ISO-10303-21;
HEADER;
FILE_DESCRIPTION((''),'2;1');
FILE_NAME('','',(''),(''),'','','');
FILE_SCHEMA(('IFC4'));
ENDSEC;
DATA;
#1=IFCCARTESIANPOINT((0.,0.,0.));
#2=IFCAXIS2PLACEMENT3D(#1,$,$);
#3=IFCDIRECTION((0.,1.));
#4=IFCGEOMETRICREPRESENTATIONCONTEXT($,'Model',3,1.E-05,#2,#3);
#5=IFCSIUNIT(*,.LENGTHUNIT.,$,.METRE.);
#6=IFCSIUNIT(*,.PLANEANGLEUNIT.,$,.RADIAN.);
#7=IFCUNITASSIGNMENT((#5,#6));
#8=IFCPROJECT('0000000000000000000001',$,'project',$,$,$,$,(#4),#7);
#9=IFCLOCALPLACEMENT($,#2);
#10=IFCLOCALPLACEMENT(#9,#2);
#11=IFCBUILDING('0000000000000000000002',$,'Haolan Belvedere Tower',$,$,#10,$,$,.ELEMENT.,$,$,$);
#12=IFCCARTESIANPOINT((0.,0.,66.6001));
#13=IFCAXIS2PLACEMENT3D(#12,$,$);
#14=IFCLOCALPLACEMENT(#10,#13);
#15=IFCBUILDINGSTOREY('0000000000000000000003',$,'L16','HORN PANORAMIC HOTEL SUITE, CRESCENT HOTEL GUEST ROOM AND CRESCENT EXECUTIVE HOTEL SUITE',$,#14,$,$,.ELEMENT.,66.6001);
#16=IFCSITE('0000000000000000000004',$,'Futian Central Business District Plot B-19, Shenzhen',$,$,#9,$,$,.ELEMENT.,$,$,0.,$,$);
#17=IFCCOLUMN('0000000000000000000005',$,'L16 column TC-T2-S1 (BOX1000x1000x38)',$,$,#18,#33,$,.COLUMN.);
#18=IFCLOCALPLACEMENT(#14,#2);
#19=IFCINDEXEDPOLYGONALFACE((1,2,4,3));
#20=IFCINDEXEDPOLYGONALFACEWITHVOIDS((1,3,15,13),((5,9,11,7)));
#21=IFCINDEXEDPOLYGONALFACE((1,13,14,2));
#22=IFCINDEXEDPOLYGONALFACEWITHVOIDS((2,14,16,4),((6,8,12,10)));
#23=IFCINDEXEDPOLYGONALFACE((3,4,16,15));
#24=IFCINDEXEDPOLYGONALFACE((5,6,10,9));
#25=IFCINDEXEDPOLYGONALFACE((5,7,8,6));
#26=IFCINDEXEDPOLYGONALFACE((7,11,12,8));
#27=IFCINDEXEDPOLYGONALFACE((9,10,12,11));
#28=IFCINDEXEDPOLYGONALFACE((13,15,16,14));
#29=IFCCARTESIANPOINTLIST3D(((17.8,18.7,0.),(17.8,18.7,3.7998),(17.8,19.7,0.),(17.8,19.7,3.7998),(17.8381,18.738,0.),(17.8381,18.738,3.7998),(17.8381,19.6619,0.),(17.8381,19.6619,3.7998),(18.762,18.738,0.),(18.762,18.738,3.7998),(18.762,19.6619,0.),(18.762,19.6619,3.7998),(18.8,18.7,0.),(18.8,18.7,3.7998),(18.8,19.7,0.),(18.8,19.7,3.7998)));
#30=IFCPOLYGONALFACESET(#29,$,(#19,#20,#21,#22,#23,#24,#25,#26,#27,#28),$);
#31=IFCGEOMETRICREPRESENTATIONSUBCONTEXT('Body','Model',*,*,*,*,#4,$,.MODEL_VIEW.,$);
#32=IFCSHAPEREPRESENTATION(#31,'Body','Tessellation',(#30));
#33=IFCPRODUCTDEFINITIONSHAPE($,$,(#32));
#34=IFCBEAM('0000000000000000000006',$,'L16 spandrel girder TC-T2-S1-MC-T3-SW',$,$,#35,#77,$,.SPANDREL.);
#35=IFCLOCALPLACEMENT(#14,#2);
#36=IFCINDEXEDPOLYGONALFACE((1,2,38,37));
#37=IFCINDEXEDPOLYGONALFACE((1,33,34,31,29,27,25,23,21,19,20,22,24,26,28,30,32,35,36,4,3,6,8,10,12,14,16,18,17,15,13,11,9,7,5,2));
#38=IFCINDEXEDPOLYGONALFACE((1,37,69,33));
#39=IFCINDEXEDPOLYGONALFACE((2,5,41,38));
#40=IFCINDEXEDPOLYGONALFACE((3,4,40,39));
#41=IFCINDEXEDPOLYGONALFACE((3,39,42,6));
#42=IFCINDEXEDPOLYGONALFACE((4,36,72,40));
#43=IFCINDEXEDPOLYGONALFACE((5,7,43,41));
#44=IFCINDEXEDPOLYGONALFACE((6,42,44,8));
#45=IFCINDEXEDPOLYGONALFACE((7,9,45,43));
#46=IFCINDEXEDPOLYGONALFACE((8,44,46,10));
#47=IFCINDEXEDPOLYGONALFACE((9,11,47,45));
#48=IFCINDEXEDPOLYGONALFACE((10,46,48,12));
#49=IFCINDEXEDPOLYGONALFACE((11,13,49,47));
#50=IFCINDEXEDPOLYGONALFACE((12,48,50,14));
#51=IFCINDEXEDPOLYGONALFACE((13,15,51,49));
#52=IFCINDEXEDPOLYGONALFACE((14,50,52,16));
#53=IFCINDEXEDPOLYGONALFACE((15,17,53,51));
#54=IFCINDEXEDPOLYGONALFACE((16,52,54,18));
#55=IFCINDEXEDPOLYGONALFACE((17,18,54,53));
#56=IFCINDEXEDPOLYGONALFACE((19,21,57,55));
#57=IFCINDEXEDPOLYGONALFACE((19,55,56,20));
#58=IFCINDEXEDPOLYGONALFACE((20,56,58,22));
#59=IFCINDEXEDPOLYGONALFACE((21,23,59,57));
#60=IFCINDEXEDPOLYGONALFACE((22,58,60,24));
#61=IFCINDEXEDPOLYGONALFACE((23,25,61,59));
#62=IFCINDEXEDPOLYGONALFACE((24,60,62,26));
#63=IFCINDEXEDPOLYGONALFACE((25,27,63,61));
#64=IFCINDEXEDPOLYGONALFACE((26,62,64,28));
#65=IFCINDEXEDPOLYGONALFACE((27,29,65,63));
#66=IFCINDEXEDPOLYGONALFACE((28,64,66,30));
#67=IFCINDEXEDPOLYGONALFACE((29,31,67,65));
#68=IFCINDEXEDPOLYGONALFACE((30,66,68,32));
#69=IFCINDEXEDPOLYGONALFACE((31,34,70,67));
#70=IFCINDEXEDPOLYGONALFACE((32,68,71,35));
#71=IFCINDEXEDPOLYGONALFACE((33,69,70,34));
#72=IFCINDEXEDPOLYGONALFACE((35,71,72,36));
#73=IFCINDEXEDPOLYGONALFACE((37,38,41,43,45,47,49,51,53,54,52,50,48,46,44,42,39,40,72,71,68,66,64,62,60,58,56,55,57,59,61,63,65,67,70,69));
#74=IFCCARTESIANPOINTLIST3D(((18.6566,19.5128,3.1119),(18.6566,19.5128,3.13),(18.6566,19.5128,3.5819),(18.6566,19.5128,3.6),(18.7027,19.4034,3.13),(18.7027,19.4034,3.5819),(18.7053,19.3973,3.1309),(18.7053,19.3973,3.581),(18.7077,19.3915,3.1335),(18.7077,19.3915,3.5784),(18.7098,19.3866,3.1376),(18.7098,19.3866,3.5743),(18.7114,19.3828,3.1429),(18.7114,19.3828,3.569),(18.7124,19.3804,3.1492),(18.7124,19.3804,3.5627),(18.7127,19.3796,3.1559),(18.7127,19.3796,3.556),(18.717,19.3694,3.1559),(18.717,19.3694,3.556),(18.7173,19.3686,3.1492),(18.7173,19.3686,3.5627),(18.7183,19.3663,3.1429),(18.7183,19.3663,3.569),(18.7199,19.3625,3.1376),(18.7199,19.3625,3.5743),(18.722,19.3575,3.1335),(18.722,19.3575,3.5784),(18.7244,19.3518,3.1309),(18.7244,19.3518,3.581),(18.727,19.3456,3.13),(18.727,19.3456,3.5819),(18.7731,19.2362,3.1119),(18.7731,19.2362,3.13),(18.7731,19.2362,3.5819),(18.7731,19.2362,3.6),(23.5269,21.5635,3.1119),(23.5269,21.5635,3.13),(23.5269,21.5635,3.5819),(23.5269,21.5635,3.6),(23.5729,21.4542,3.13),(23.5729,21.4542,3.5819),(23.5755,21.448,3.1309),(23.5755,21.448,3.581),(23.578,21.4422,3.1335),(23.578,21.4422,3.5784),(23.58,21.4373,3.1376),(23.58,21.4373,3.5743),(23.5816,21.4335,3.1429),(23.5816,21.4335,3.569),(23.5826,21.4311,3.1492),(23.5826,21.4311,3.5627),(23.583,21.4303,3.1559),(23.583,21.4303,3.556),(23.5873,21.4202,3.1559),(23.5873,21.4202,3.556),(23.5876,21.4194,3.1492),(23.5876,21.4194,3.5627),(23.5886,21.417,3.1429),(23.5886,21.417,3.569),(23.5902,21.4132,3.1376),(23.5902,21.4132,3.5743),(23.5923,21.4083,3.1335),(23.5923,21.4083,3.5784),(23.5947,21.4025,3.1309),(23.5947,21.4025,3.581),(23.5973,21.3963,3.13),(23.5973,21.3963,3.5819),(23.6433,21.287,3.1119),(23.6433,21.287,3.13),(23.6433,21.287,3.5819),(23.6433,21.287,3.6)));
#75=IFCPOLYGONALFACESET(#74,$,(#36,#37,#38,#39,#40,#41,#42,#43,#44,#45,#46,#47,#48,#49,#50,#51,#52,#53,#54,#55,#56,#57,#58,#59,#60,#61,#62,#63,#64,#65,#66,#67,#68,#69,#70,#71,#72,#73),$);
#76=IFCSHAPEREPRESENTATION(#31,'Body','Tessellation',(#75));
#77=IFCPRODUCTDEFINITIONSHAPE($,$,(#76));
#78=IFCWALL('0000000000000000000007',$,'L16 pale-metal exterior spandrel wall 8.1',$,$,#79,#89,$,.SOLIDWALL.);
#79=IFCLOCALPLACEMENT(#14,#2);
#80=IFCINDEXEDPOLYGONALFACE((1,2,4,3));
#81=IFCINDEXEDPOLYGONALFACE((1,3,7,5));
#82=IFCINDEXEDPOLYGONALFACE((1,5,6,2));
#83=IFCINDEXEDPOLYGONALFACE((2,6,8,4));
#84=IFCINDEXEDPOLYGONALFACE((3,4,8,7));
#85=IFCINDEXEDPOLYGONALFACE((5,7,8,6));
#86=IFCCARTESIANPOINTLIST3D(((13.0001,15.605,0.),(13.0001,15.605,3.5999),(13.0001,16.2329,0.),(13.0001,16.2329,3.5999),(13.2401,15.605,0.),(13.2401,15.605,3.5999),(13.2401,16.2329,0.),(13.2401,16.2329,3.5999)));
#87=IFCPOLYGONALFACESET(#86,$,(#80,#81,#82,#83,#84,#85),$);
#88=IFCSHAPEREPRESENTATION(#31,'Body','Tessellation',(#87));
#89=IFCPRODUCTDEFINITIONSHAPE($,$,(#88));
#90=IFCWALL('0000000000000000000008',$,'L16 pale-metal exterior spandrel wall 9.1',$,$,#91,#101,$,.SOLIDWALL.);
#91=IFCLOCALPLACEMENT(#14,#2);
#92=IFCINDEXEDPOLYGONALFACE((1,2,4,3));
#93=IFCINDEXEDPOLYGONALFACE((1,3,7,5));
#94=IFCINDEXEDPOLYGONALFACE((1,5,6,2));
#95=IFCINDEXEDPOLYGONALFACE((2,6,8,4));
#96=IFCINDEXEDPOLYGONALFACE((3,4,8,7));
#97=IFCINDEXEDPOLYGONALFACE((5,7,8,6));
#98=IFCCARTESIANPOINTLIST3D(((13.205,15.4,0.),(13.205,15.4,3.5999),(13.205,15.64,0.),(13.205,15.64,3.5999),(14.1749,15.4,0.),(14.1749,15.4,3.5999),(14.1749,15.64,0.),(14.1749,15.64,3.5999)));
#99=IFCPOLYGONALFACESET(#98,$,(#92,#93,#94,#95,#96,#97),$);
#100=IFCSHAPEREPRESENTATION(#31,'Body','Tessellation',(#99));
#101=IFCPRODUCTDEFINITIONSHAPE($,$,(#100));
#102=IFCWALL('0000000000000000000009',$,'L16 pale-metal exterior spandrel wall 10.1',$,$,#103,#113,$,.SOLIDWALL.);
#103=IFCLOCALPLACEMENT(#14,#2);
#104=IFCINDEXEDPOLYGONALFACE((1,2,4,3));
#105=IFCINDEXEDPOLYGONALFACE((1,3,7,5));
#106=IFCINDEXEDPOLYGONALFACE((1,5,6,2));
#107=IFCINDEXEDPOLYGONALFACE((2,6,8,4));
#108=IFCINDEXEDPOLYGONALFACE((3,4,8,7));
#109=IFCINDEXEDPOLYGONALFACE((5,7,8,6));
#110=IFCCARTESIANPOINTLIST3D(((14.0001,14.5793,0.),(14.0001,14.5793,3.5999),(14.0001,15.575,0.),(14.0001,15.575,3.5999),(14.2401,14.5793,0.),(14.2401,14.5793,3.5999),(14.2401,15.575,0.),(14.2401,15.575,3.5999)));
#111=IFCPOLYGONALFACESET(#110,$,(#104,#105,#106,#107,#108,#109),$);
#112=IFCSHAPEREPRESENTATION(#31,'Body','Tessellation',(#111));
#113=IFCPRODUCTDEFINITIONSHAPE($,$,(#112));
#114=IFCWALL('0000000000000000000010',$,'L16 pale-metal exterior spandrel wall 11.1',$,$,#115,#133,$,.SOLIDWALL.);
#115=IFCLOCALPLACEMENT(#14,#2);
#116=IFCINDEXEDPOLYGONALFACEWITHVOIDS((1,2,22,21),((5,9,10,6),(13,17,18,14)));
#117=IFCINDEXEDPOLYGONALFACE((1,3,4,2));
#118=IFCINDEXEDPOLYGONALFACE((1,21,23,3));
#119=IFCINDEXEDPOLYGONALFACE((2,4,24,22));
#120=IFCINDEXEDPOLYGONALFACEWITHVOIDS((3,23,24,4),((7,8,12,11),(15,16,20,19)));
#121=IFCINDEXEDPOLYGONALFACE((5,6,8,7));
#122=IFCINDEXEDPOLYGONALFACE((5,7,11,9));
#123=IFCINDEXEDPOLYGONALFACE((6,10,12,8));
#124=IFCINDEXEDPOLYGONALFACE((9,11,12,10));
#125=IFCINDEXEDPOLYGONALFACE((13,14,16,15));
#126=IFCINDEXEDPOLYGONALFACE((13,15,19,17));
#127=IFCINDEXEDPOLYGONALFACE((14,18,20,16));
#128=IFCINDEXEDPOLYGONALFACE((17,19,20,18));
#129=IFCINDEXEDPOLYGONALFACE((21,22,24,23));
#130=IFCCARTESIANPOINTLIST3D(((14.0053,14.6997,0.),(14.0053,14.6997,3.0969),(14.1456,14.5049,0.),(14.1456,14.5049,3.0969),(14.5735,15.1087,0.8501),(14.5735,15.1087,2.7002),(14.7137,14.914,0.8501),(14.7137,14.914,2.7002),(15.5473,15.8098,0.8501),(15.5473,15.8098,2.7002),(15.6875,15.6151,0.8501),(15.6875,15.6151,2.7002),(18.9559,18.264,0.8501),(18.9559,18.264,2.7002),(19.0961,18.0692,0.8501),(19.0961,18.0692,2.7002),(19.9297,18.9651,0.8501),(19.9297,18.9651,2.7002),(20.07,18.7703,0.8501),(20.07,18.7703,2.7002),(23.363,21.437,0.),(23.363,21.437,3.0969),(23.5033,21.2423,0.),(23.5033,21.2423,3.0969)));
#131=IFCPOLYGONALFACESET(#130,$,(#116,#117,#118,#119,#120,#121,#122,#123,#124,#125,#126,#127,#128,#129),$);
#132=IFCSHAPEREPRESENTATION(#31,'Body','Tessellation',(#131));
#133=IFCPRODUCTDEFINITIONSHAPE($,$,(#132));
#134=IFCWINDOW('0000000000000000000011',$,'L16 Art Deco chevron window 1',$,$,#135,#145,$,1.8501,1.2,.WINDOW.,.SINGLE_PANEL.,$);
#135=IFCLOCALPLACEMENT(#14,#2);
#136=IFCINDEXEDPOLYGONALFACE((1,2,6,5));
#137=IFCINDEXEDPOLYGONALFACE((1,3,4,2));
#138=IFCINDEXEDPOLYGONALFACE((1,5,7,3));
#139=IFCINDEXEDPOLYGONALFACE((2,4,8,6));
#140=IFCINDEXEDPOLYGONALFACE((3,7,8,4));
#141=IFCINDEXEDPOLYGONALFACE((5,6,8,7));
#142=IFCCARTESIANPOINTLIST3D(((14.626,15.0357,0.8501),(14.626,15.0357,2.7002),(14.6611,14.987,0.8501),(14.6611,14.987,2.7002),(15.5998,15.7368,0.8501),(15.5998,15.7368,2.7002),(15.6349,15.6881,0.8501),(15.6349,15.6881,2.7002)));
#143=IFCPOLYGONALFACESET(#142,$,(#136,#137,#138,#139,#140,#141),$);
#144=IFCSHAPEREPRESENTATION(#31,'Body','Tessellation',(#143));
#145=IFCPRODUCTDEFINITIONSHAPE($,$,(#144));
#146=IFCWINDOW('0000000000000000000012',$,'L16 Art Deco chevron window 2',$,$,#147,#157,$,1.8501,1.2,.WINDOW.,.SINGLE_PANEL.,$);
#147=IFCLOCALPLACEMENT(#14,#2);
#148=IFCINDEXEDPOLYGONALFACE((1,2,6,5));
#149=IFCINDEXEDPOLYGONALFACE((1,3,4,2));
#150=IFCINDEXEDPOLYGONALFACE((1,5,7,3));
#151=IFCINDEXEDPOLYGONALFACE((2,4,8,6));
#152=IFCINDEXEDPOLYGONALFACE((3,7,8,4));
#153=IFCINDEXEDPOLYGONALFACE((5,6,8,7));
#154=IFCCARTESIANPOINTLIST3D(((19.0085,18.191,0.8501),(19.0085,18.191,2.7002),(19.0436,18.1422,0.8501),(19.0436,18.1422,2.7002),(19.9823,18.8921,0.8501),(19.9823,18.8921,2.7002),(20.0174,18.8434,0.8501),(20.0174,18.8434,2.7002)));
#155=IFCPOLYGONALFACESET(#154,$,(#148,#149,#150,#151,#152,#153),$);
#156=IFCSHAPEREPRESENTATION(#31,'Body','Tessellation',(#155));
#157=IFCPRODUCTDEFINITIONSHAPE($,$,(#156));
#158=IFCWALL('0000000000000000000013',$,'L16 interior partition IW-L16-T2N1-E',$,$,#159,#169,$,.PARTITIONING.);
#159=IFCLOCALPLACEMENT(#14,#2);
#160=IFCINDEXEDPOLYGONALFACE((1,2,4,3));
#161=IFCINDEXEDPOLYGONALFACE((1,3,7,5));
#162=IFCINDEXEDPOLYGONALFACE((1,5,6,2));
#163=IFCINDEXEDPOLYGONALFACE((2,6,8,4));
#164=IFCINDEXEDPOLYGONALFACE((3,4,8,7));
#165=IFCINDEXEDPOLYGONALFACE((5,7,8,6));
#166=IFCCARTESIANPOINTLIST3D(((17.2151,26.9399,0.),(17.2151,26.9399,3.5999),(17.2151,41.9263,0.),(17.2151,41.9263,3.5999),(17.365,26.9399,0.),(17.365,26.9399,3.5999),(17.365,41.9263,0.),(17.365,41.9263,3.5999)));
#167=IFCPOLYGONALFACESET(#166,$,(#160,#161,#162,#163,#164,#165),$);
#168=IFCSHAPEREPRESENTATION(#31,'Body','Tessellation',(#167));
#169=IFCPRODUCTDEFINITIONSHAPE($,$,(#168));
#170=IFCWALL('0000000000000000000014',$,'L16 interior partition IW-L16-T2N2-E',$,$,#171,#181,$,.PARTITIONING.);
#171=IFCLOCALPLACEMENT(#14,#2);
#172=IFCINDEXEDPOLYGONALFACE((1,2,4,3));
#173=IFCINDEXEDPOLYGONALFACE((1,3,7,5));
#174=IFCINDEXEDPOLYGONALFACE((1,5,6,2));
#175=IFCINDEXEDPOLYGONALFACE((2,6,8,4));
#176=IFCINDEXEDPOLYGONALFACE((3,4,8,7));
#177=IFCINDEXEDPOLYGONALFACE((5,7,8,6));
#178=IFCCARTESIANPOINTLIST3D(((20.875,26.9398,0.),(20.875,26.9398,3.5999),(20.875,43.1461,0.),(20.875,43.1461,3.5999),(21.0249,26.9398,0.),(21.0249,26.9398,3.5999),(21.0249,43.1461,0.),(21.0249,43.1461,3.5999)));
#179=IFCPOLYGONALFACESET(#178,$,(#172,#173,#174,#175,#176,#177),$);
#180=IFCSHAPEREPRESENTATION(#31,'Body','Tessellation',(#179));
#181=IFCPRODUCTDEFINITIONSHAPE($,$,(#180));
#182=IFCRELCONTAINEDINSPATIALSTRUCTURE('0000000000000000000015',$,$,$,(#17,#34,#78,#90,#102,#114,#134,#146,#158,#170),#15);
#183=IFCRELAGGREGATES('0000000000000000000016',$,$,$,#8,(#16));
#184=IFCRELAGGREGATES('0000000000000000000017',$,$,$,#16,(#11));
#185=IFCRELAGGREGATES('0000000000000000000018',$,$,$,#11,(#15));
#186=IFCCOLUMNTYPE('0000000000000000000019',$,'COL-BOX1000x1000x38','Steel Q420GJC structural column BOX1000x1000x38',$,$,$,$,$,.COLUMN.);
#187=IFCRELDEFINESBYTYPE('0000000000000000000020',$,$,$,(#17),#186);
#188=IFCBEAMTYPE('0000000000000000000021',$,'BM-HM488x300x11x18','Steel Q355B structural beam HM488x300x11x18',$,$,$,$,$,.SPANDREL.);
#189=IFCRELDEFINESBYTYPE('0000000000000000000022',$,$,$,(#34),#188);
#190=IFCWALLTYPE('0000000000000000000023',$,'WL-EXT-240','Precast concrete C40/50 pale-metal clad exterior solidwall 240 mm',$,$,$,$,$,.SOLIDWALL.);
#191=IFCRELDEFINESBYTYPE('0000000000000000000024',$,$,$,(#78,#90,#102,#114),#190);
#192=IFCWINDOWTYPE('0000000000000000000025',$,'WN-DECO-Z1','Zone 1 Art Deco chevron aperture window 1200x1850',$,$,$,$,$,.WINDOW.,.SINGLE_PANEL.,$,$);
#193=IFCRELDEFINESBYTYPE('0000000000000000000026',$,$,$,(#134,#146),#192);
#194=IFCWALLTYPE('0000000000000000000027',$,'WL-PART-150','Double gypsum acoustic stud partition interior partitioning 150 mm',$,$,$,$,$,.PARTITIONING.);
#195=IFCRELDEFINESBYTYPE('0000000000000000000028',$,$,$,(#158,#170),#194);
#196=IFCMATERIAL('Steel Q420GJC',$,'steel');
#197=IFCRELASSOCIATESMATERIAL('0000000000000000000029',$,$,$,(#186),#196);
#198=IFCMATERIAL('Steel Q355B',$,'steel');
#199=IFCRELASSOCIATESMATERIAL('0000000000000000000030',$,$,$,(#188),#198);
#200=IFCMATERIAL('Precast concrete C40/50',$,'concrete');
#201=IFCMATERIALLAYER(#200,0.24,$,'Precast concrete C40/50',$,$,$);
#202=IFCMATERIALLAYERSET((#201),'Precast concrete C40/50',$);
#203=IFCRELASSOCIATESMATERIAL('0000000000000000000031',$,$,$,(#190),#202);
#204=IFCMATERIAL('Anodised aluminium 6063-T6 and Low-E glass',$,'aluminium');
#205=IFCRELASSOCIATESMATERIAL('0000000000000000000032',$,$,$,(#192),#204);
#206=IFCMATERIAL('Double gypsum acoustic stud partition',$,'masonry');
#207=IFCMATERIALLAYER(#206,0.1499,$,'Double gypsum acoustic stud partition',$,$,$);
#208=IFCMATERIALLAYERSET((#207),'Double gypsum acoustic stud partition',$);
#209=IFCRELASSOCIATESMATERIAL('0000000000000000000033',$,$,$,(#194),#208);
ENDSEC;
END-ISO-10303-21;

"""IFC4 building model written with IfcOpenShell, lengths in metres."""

from ifc_helpers import new_model, si_unit, direction, frame, frame_2d, origin, origin_2d, place, context, subcontext, project, spatial, rectangle, hollow_rectangle, i_section, extrude, material, layer, layer_set, material_profile, profile_set, type_object, element, fill, save


model = new_model("IFC4")

# Units and contexts
model_context = context("Model", 3, precision=1e-05, world=origin(), true_north=direction((0.0, 1.0)))
body_context = subcontext(model_context, "Body", "Model", "MODEL_VIEW")
ifc_project = project(units=[si_unit("LENGTHUNIT", "METRE"), si_unit("PLANEANGLEUNIT", "RADIAN")], contexts=[model_context])

# Site, building, storey
site_placement = place(None, origin())
site = spatial("IfcSite", under=ifc_project, at=site_placement, Name="Futian Central Business District Plot B-19, Shenzhen", CompositionType="ELEMENT", RefElevation=0.0)
building_placement = place(site_placement, origin())
building = spatial("IfcBuilding", under=site, at=building_placement, Name="Haolan Belvedere Tower", CompositionType="ELEMENT")
storey_placement = place(building_placement, frame((0.0, 0.0, 66.6001)))
storey = spatial("IfcBuildingStorey", under=building, at=storey_placement, Name="L16", Description="HORN PANORAMIC HOTEL SUITE, CRESCENT HOTEL GUEST ROOM AND CRESCENT EXECUTIVE HOTEL SUITE", CompositionType="ELEMENT", Elevation=66.6001)

# Column
ifc_material_1 = material(Name="Steel Q420GJC", Category="steel")
ifc_material_profile_1 = material_profile(ifc_material_1, hollow_rectangle(XDim=1.0, YDim=1.0, WallThickness=0.0381, at=origin_2d()), Name="Steel Q420GJC")
ifc_profile_set_1 = profile_set([ifc_material_profile_1], Name="Steel Q420GJC")
column_type = type_object("IfcColumnType", Name="COL-BOX1000x1000x38", Description="Steel Q420GJC structural column BOX1000x1000x38", PredefinedType="COLUMN", material=ifc_profile_set_1)
column_placement = place(storey_placement, frame((18.3, 19.2, 0.0), z_axis=(0.0, 0.0, 1.0), x_axis=(1.0, 0.0, 0.0)))
element("IfcColumn", 1, at=column_placement, inside=storey, type_object=column_type, Name="L16 column TC-T2-S1 (BOX1000x1000x38)", PredefinedType="COLUMN", context=body_context, shape_type="SweptSolid", body=[
    extrude(hollow_rectangle(XDim=1.0, YDim=1.0, WallThickness=0.0381, at=origin_2d()), origin(), (0.0, 0.0, 1.0), 3.7998),
])

# Beam
ifc_material_2 = material(Name="Steel Q355B", Category="steel")
ifc_material_profile_2 = material_profile(ifc_material_2, i_section(OverallWidth=0.3, OverallDepth=0.488, WebThickness=0.011, FlangeThickness=0.0181, FilletRadius=0.0259, at=origin_2d()), Name="Steel Q355B")
ifc_profile_set_2 = profile_set([ifc_material_profile_2], Name="Steel Q355B")
beam_type = type_object("IfcBeamType", Name="BM-HM488x300x11x18", Description="Steel Q355B structural beam HM488x300x11x18", PredefinedType="SPANDREL", material=ifc_profile_set_2)
beam_placement = place(storey_placement, frame((18.7148, 19.3745, 3.356), z_axis=(0.921628, 0.388074, 0.0), x_axis=(-0.388074, 0.921628, 0.0)))
element("IfcBeam", 2, at=beam_placement, inside=storey, type_object=beam_type, Name="L16 spandrel girder TC-T2-S1-MC-T3-SW", PredefinedType="SPANDREL", context=body_context, shape_type="SweptSolid", body=[
    extrude(i_section(OverallWidth=0.3, OverallDepth=0.488, WebThickness=0.011, FlangeThickness=0.0181, FilletRadius=0.0259, at=origin_2d()), origin(), (0.0, 0.0, 1.0), 5.2844),
])

# Walls
ifc_material_3 = material(Name="Precast concrete C40/50", Category="concrete")
ifc_layer_1 = layer(ifc_material_3, 0.24, Name="Precast concrete C40/50")
ifc_layer_set_1 = layer_set([ifc_layer_1], Name="Precast concrete C40/50")
wall_type_1 = type_object("IfcWallType", Name="WL-EXT-240", Description="Precast concrete C40/50 pale-metal clad exterior solidwall 240 mm", PredefinedType="SOLIDWALL", material=ifc_layer_set_1)
wall_1_placement = place(storey_placement, frame((13.1201, 16.2329, 0.0), z_axis=(0.0, 0.0, 1.0), x_axis=(0.0, -1.0, 0.0)))
element("IfcWall", 3, at=wall_1_placement, inside=storey, type_object=wall_type_1, Name="L16 pale-metal exterior spandrel wall 8.1", PredefinedType="SOLIDWALL", context=body_context, shape_type="SweptSolid", body=[
    extrude(rectangle(XDim=0.6279, YDim=0.24, at=frame_2d((0.314, 0.0))), origin(), (0.0, 0.0, 1.0), 3.5999),
])
wall_2_placement = place(storey_placement, frame((13.2051, 15.52, 0.0), z_axis=(0.0, 0.0, 1.0), x_axis=(1.0, 0.0, 0.0)))
element("IfcWall", 4, at=wall_2_placement, inside=storey, type_object=wall_type_1, Name="L16 pale-metal exterior spandrel wall 9.1", PredefinedType="SOLIDWALL", context=body_context, shape_type="SweptSolid", body=[
    extrude(rectangle(XDim=0.97, YDim=0.24, at=frame_2d((0.4849, 0.0))), origin(), (0.0, 0.0, 1.0), 3.5999),
])
wall_3_placement = place(storey_placement, frame((14.1201, 15.575, 0.0), z_axis=(0.0, 0.0, 1.0), x_axis=(0.0, -1.0, 0.0)))
element("IfcWall", 5, at=wall_3_placement, inside=storey, type_object=wall_type_1, Name="L16 pale-metal exterior spandrel wall 10.1", PredefinedType="SOLIDWALL", context=body_context, shape_type="SweptSolid", body=[
    extrude(rectangle(XDim=0.9956, YDim=0.24, at=frame_2d((0.4978, 0.0))), origin(), (0.0, 0.0, 1.0), 3.5999),
])

# Wall, openings, windows
wall_4_placement = place(storey_placement, frame((14.0754, 14.6023, 0.0), z_axis=(0.0, 0.0, 1.0), x_axis=(0.811543, 0.584292, 0.0)))
wall_4 = element("IfcWall", 6, at=wall_4_placement, inside=storey, type_object=wall_type_1, Name="L16 pale-metal exterior spandrel wall 11.1", PredefinedType="SOLIDWALL", context=body_context, shape_type="SweptSolid", body=[
    extrude(rectangle(XDim=11.5308, YDim=0.24, at=frame_2d((5.7654, 0.0))), origin(), (0.0, 0.0, 1.0), 3.0969),
])
opening_1_placement = place(wall_4_placement, frame((0.7, 0.0, 0.8501)))
opening_1 = element("IfcOpeningElement", 7, at=opening_1_placement, cuts=wall_4, PredefinedType="OPENING", context=body_context, shape_type="SweptSolid", body=[
    extrude(rectangle(XDim=1.2, YDim=1.8501, at=frame_2d((0.6001, 0.925))), frame((0.0, 0.1299, 0.0), z_axis=(0.0, -1.0, 0.0), x_axis=(1.0, 0.0, 0.0)), (0.0, 0.0, 1.0), 0.26),
])
opening_2_placement = place(wall_4_placement, frame((6.1001, 0.0, 0.8501)))
opening_2 = element("IfcOpeningElement", 8, at=opening_2_placement, cuts=wall_4, PredefinedType="OPENING", context=body_context, shape_type="SweptSolid", body=[
    extrude(rectangle(XDim=1.2, YDim=1.8501, at=frame_2d((0.6001, 0.925))), frame((0.0, 0.1299, 0.0), z_axis=(0.0, -1.0, 0.0), x_axis=(1.0, 0.0, 0.0)), (0.0, 0.0, 1.0), 0.26),
])
ifc_material_4 = material(Name="Anodised aluminium 6063-T6 and Low-E glass", Category="aluminium")
window_type = type_object("IfcWindowType", Name="WN-DECO-Z1", Description="Zone 1 Art Deco chevron aperture window 1200x1850", PartitioningType="SINGLE_PANEL", PredefinedType="WINDOW", material=ifc_material_4)
window_1_placement = place(opening_1_placement, origin())
window_1 = element("IfcWindow", 9, at=window_1_placement, inside=storey, type_object=window_type, Name="L16 Art Deco chevron window 1", OverallHeight=1.8501, OverallWidth=1.2, PartitioningType="SINGLE_PANEL", PredefinedType="WINDOW", context=body_context, shape_type="SweptSolid", body=[
    extrude(rectangle(XDim=1.2, YDim=1.8501, at=frame_2d((0.6001, 0.925))), frame((0.0, 0.03, 0.0), z_axis=(0.0, -1.0, 0.0), x_axis=(1.0, 0.0, 0.0)), (0.0, 0.0, 1.0), 0.0601),
])
fill(opening_1, window_1)
window_2_placement = place(opening_2_placement, origin())
window_2 = element("IfcWindow", 10, at=window_2_placement, inside=storey, type_object=window_type, Name="L16 Art Deco chevron window 2", OverallHeight=1.8501, OverallWidth=1.2, PartitioningType="SINGLE_PANEL", PredefinedType="WINDOW", context=body_context, shape_type="SweptSolid", body=[
    extrude(rectangle(XDim=1.2, YDim=1.8501, at=frame_2d((0.6001, 0.925))), frame((0.0, 0.03, 0.0), z_axis=(0.0, -1.0, 0.0), x_axis=(1.0, 0.0, 0.0)), (0.0, 0.0, 1.0), 0.0601),
])
fill(opening_2, window_2)

# Wall
ifc_material_5 = material(Name="Double gypsum acoustic stud partition", Category="masonry")
ifc_layer_2 = layer(ifc_material_5, 0.1499, Name="Double gypsum acoustic stud partition")
ifc_layer_set_2 = layer_set([ifc_layer_2], Name="Double gypsum acoustic stud partition")
wall_type_2 = type_object("IfcWallType", Name="WL-PART-150", Description="Double gypsum acoustic stud partition interior partitioning 150 mm", PredefinedType="PARTITIONING", material=ifc_layer_set_2)
wall_5_placement = place(storey_placement, frame((17.29, 26.9399, 0.0), z_axis=(0.0, 0.0, 1.0), x_axis=(0.0, 1.0, 0.0)))
element("IfcWall", 11, at=wall_5_placement, inside=storey, type_object=wall_type_2, Name="L16 interior partition IW-L16-T2N1-E", PredefinedType="PARTITIONING", context=body_context, shape_type="SweptSolid", body=[
    extrude(rectangle(XDim=14.9863, YDim=0.1499, at=frame_2d((7.4932, 0.0))), origin(), (0.0, 0.0, 1.0), 3.5999),
])

# Wall
wall_6_placement = place(storey_placement, frame((20.95, 26.9399, 0.0), z_axis=(0.0, 0.0, 1.0), x_axis=(0.0, 1.0, 0.0)))
element("IfcWall", 12, at=wall_6_placement, inside=storey, type_object=wall_type_2, Name="L16 interior partition IW-L16-T2N2-E", PredefinedType="PARTITIONING", context=body_context, shape_type="SweptSolid", body=[
    extrude(rectangle(XDim=16.2063, YDim=0.1499, at=frame_2d((8.103, 0.0))), origin(), (0.0, 0.0, 1.0), 3.5999),
])

save(model, "model.ifc")
